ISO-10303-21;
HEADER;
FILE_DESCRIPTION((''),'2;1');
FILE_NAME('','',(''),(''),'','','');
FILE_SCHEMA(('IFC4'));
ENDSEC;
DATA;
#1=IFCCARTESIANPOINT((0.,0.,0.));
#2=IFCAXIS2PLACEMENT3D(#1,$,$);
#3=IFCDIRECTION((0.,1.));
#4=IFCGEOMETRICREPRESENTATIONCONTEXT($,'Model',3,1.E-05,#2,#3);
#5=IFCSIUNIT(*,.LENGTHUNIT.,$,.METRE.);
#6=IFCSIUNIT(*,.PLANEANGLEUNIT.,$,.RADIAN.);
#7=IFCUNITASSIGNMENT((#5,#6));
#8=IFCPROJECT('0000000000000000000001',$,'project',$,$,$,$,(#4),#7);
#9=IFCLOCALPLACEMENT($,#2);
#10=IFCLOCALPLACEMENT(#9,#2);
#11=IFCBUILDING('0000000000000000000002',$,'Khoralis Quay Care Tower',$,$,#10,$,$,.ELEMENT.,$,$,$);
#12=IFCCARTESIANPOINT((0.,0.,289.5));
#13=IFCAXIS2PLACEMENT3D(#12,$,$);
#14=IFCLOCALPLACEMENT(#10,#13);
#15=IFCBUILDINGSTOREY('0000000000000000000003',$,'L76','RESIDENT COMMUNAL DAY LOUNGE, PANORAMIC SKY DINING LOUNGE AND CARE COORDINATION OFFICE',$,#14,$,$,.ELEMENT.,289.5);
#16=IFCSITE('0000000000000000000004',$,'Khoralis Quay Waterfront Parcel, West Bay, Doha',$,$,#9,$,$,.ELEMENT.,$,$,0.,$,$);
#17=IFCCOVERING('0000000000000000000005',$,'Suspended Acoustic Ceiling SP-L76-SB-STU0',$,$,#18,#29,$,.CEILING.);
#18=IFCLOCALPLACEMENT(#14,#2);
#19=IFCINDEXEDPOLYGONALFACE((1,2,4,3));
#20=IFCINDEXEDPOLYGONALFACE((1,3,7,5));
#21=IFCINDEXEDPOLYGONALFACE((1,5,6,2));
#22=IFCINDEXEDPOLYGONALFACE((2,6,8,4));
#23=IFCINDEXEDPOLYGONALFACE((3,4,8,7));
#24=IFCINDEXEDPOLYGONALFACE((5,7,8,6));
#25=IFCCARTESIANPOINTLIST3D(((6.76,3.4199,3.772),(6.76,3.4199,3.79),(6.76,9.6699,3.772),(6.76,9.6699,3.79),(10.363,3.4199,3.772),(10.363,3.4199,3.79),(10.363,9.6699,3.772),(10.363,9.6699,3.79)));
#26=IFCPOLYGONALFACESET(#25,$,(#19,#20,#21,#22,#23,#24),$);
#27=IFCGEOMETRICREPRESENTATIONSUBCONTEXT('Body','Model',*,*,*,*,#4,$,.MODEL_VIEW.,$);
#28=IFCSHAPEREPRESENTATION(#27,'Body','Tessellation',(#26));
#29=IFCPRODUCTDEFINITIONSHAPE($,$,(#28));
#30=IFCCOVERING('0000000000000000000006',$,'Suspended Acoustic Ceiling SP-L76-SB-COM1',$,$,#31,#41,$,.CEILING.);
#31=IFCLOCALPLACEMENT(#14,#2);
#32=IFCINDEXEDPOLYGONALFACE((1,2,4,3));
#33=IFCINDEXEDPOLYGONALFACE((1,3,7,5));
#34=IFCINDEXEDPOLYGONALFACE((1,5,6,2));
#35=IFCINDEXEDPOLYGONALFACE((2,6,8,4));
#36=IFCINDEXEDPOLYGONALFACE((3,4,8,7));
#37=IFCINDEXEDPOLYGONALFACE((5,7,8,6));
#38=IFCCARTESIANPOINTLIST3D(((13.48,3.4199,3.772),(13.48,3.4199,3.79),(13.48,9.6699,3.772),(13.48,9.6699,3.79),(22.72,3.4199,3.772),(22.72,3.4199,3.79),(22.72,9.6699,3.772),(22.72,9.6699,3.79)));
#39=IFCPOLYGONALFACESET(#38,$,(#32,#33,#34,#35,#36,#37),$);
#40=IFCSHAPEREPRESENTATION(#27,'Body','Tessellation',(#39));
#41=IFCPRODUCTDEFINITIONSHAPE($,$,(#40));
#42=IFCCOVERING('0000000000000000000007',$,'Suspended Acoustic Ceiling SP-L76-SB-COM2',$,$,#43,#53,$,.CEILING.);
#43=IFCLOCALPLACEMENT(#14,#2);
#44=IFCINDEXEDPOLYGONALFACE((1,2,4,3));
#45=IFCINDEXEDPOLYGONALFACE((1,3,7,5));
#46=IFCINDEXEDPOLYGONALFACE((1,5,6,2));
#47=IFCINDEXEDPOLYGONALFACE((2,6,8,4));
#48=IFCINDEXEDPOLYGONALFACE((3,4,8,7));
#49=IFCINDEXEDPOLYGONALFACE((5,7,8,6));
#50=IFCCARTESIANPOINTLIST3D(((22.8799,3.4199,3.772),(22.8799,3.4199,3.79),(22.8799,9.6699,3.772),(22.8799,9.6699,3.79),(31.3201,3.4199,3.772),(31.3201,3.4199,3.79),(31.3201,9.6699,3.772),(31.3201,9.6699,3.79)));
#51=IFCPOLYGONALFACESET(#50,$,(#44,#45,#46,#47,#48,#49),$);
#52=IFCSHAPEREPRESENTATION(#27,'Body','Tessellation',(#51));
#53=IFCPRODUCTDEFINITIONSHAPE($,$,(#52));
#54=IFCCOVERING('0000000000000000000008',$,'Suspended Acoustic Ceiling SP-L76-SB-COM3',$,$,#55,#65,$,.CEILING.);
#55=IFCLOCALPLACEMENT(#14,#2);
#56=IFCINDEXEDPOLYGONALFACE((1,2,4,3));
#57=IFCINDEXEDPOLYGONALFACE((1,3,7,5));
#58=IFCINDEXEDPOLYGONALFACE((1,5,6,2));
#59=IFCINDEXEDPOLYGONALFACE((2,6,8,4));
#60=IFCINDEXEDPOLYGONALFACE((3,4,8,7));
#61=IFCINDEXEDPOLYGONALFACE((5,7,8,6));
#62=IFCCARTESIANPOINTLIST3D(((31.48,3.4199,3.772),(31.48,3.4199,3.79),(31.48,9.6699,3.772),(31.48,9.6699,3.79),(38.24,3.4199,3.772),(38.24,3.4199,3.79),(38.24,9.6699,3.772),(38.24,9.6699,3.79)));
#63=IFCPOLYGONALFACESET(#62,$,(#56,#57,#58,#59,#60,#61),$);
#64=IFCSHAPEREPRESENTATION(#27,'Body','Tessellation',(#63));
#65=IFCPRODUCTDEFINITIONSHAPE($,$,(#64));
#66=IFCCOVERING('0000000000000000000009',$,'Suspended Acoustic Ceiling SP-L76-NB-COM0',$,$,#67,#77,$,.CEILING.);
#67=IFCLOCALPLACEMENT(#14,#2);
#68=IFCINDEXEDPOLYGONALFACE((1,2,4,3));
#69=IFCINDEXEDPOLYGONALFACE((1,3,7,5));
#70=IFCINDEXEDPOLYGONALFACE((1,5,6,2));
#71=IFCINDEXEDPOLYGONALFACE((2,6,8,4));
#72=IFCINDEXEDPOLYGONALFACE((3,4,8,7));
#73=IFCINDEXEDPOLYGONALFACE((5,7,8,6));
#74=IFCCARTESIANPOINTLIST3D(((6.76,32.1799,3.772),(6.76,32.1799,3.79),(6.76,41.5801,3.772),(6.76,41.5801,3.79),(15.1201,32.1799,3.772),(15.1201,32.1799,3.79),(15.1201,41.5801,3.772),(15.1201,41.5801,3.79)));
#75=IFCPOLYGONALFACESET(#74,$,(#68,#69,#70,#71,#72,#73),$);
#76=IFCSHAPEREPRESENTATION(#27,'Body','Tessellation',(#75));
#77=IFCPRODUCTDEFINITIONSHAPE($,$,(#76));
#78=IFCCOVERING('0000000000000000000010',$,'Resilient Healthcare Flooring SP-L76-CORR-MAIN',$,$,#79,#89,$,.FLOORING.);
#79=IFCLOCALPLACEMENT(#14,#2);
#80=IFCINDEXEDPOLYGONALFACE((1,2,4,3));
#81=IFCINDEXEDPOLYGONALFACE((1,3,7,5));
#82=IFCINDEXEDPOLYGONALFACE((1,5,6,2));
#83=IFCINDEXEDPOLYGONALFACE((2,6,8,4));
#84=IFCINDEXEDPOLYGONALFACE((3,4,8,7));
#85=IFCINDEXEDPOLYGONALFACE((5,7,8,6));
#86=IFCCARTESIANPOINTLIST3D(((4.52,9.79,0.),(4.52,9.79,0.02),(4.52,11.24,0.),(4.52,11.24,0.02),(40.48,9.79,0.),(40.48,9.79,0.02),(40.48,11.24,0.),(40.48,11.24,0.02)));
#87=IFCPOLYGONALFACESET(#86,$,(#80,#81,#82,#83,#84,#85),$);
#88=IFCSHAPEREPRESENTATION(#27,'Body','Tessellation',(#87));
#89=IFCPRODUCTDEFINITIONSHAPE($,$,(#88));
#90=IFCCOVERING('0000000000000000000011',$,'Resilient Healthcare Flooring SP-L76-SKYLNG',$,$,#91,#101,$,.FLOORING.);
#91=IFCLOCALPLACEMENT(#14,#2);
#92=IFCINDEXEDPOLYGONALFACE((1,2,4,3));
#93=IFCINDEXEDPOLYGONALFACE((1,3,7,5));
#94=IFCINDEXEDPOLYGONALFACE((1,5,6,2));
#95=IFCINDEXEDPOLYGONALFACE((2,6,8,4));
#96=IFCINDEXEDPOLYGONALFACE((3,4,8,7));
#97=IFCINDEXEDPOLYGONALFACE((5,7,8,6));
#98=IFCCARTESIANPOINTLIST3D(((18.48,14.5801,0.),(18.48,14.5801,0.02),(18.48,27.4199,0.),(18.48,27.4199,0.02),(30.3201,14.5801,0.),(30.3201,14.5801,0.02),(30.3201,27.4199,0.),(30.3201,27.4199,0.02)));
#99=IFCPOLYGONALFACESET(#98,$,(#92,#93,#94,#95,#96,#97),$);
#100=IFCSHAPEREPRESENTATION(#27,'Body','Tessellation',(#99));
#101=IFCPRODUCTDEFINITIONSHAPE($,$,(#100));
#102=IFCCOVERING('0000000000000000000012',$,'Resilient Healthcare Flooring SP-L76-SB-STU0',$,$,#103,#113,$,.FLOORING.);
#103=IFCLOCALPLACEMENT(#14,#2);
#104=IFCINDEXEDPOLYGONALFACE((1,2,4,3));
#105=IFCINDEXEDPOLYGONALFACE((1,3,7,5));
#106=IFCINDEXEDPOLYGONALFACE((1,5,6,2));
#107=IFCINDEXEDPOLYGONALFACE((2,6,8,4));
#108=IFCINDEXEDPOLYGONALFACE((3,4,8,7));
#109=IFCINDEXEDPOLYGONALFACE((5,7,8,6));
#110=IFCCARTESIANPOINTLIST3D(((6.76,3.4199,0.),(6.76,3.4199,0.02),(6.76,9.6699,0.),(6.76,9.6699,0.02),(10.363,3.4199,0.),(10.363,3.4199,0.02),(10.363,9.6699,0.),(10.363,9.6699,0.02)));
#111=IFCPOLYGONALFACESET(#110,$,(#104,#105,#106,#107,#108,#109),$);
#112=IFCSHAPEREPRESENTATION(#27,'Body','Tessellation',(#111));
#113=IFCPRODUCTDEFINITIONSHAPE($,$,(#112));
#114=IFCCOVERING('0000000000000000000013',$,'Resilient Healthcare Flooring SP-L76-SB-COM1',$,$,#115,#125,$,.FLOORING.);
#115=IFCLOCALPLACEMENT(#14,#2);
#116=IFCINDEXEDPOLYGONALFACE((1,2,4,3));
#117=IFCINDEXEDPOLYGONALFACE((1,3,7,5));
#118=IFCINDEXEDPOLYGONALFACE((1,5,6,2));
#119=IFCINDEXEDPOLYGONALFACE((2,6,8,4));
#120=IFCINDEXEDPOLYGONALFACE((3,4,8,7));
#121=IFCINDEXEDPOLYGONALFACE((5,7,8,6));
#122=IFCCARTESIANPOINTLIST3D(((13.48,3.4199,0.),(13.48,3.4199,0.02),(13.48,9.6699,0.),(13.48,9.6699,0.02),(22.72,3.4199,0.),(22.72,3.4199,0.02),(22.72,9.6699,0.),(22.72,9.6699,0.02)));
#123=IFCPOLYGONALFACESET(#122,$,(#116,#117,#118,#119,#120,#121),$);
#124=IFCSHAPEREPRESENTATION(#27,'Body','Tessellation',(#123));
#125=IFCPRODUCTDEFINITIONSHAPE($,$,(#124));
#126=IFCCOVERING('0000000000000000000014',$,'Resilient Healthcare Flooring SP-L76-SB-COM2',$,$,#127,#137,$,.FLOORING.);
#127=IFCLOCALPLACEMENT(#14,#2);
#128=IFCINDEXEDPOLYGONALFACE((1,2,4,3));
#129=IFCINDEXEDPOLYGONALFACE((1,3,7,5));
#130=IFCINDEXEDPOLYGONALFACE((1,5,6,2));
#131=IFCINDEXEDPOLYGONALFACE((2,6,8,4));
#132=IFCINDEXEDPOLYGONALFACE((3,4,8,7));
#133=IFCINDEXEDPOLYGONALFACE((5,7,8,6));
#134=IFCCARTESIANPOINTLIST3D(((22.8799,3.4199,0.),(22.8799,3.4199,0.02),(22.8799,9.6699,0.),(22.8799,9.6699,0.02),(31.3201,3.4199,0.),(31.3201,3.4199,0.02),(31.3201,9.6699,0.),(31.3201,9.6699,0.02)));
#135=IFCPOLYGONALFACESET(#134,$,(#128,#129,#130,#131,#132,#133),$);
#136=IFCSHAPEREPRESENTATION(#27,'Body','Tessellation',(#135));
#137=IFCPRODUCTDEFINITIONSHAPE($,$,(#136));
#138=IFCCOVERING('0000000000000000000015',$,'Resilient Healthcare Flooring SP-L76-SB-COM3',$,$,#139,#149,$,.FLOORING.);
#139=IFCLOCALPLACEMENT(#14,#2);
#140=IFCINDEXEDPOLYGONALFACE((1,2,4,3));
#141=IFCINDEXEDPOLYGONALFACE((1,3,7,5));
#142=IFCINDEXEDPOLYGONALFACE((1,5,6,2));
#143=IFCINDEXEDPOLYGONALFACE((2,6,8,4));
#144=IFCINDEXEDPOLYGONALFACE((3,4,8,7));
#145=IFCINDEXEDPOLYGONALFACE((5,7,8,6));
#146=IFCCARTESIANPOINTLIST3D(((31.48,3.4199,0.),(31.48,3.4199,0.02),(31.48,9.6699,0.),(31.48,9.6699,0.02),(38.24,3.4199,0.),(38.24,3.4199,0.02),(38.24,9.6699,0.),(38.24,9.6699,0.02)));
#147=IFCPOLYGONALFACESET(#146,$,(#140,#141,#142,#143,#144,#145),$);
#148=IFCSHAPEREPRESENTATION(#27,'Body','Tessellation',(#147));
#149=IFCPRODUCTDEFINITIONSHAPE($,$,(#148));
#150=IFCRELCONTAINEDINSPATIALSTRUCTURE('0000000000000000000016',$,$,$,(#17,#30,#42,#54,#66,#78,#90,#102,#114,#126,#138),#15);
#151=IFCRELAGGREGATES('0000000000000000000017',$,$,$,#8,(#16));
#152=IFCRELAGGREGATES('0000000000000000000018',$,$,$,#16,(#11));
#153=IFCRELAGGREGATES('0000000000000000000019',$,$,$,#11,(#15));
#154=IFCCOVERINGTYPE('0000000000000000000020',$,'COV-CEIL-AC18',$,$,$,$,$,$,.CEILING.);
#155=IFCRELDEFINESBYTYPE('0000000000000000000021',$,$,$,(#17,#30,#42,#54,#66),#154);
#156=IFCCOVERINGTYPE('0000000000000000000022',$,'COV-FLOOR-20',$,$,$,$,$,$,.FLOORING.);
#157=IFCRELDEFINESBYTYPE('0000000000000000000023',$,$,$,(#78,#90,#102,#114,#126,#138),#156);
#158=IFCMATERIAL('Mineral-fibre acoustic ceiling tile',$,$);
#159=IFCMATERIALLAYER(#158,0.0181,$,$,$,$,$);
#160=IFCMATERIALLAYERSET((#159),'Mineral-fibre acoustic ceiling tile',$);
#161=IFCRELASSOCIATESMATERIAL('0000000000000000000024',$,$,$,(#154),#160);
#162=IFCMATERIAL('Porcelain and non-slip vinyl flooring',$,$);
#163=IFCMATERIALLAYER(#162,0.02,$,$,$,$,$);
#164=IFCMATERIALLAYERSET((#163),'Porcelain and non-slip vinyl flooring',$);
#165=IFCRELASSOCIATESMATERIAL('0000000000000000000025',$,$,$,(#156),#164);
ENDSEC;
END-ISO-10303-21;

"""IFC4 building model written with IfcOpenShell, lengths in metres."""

from ifc_helpers import new_model, si_unit, direction, frame, origin, place, context, subcontext, project, spatial, polyline, outline, extrude, material, layer, layer_set, type_object, element, save


model = new_model("IFC4")

# Units and contexts
model_context = context("Model", 3, precision=1e-05, world=origin(), true_north=direction((0.0, 1.0)))
body_context = subcontext(model_context, "Body", "Model", "MODEL_VIEW")
ifc_project = project(units=[si_unit("LENGTHUNIT", "METRE"), si_unit("PLANEANGLEUNIT", "RADIAN")], contexts=[model_context])

# Site, building, storey
site_placement = place(None, origin())
site = spatial("IfcSite", under=ifc_project, at=site_placement, Name="Khoralis Quay Waterfront Parcel, West Bay, Doha", CompositionType="ELEMENT", RefElevation=0.0)
building_placement = place(site_placement, origin())
building = spatial("IfcBuilding", under=site, at=building_placement, Name="Khoralis Quay Care Tower", CompositionType="ELEMENT")
storey_placement = place(building_placement, frame((0.0, 0.0, 289.5)))
storey = spatial("IfcBuildingStorey", under=building, at=storey_placement, Name="L76", Description="RESIDENT COMMUNAL DAY LOUNGE, PANORAMIC SKY DINING LOUNGE AND CARE COORDINATION OFFICE", CompositionType="ELEMENT", Elevation=289.5)

# Coverings
ifc_material_1 = material(Name="Mineral-fibre acoustic ceiling tile")
ifc_layer_1 = layer(ifc_material_1, 0.0181)
ifc_layer_set_1 = layer_set([ifc_layer_1], Name="Mineral-fibre acoustic ceiling tile")
covering_type_1 = type_object("IfcCoveringType", Name="COV-CEIL-AC18", PredefinedType="CEILING", material=ifc_layer_set_1)
covering_1_placement = place(storey_placement, frame((0.0, 0.0, 3.772)))
element("IfcCovering", 1, at=covering_1_placement, inside=storey, type_object=covering_type_1, Name="Suspended Acoustic Ceiling SP-L76-SB-STU0", PredefinedType="CEILING", context=body_context, shape_type="SweptSolid", body=[
    extrude(outline(polyline([(6.76, 3.4199), (10.363, 3.4199), (10.363, 9.6699), (6.76, 9.6699), (6.76, 3.4199)])), origin(), (0.0, 0.0, 1.0), 0.0181),
])
covering_2_placement = place(storey_placement, frame((0.0, 0.0, 3.772)))
element("IfcCovering", 2, at=covering_2_placement, inside=storey, type_object=covering_type_1, Name="Suspended Acoustic Ceiling SP-L76-SB-COM1", PredefinedType="CEILING", context=body_context, shape_type="SweptSolid", body=[
    extrude(outline(polyline([(13.48, 3.4199), (22.72, 3.4199), (22.72, 9.6699), (13.48, 9.6699), (13.48, 3.4199)])), origin(), (0.0, 0.0, 1.0), 0.0181),
])
covering_3_placement = place(storey_placement, frame((0.0, 0.0, 3.772)))
element("IfcCovering", 3, at=covering_3_placement, inside=storey, type_object=covering_type_1, Name="Suspended Acoustic Ceiling SP-L76-SB-COM2", PredefinedType="CEILING", context=body_context, shape_type="SweptSolid", body=[
    extrude(outline(polyline([(22.8799, 3.4199), (31.3201, 3.4199), (31.3201, 9.6699), (22.8799, 9.6699), (22.8799, 3.4199)])), origin(), (0.0, 0.0, 1.0), 0.0181),
])
covering_4_placement = place(storey_placement, frame((0.0, 0.0, 3.772)))
element("IfcCovering", 4, at=covering_4_placement, inside=storey, type_object=covering_type_1, Name="Suspended Acoustic Ceiling SP-L76-SB-COM3", PredefinedType="CEILING", context=body_context, shape_type="SweptSolid", body=[
    extrude(outline(polyline([(31.48, 3.4199), (38.24, 3.4199), (38.24, 9.6699), (31.48, 9.6699), (31.48, 3.4199)])), origin(), (0.0, 0.0, 1.0), 0.0181),
])
covering_5_placement = place(storey_placement, frame((0.0, 0.0, 3.772)))
element("IfcCovering", 5, at=covering_5_placement, inside=storey, type_object=covering_type_1, Name="Suspended Acoustic Ceiling SP-L76-NB-COM0", PredefinedType="CEILING", context=body_context, shape_type="SweptSolid", body=[
    extrude(outline(polyline([(6.76, 32.1799), (15.1201, 32.1799), (15.1201, 41.5801), (6.76, 41.5801), (6.76, 32.1799)])), origin(), (0.0, 0.0, 1.0), 0.0181),
])
ifc_material_2 = material(Name="Porcelain and non-slip vinyl flooring")
ifc_layer_2 = layer(ifc_material_2, 0.02)
ifc_layer_set_2 = layer_set([ifc_layer_2], Name="Porcelain and non-slip vinyl flooring")
covering_type_2 = type_object("IfcCoveringType", Name="COV-FLOOR-20", PredefinedType="FLOORING", material=ifc_layer_set_2)
covering_6_placement = place(storey_placement, origin())
element("IfcCovering", 6, at=covering_6_placement, inside=storey, type_object=covering_type_2, Name="Resilient Healthcare Flooring SP-L76-CORR-MAIN", PredefinedType="FLOORING", context=body_context, shape_type="SweptSolid", body=[
    extrude(outline(polyline([(4.52, 9.79), (40.48, 9.79), (40.48, 11.24), (4.52, 11.24), (4.52, 9.79)])), origin(), (0.0, 0.0, 1.0), 0.02),
])
covering_7_placement = place(storey_placement, origin())
element("IfcCovering", 7, at=covering_7_placement, inside=storey, type_object=covering_type_2, Name="Resilient Healthcare Flooring SP-L76-SKYLNG", PredefinedType="FLOORING", context=body_context, shape_type="SweptSolid", body=[
    extrude(outline(polyline([(18.48, 14.5801), (30.3201, 14.5801), (30.3201, 27.4199), (18.48, 27.4199), (18.48, 14.5801)])), origin(), (0.0, 0.0, 1.0), 0.02),
])
covering_8_placement = place(storey_placement, origin())
element("IfcCovering", 8, at=covering_8_placement, inside=storey, type_object=covering_type_2, Name="Resilient Healthcare Flooring SP-L76-SB-STU0", PredefinedType="FLOORING", context=body_context, shape_type="SweptSolid", body=[
    extrude(outline(polyline([(6.76, 3.4199), (10.363, 3.4199), (10.363, 9.6699), (6.76, 9.6699), (6.76, 3.4199)])), origin(), (0.0, 0.0, 1.0), 0.02),
])
covering_9_placement = place(storey_placement, origin())
element("IfcCovering", 9, at=covering_9_placement, inside=storey, type_object=covering_type_2, Name="Resilient Healthcare Flooring SP-L76-SB-COM1", PredefinedType="FLOORING", context=body_context, shape_type="SweptSolid", body=[
    extrude(outline(polyline([(13.48, 3.4199), (22.72, 3.4199), (22.72, 9.6699), (13.48, 9.6699), (13.48, 3.4199)])), origin(), (0.0, 0.0, 1.0), 0.02),
])
covering_10_placement = place(storey_placement, origin())
element("IfcCovering", 10, at=covering_10_placement, inside=storey, type_object=covering_type_2, Name="Resilient Healthcare Flooring SP-L76-SB-COM2", PredefinedType="FLOORING", context=body_context, shape_type="SweptSolid", body=[
    extrude(outline(polyline([(22.8799, 3.4199), (31.3201, 3.4199), (31.3201, 9.6699), (22.8799, 9.6699), (22.8799, 3.4199)])), origin(), (0.0, 0.0, 1.0), 0.02),
])
covering_11_placement = place(storey_placement, origin())
element("IfcCovering", 11, at=covering_11_placement, inside=storey, type_object=covering_type_2, Name="Resilient Healthcare Flooring SP-L76-SB-COM3", PredefinedType="FLOORING", context=body_context, shape_type="SweptSolid", body=[
    extrude(outline(polyline([(31.48, 3.4199), (38.24, 3.4199), (38.24, 9.6699), (31.48, 9.6699), (31.48, 3.4199)])), origin(), (0.0, 0.0, 1.0), 0.02),
])

save(model, "model.ifc")
